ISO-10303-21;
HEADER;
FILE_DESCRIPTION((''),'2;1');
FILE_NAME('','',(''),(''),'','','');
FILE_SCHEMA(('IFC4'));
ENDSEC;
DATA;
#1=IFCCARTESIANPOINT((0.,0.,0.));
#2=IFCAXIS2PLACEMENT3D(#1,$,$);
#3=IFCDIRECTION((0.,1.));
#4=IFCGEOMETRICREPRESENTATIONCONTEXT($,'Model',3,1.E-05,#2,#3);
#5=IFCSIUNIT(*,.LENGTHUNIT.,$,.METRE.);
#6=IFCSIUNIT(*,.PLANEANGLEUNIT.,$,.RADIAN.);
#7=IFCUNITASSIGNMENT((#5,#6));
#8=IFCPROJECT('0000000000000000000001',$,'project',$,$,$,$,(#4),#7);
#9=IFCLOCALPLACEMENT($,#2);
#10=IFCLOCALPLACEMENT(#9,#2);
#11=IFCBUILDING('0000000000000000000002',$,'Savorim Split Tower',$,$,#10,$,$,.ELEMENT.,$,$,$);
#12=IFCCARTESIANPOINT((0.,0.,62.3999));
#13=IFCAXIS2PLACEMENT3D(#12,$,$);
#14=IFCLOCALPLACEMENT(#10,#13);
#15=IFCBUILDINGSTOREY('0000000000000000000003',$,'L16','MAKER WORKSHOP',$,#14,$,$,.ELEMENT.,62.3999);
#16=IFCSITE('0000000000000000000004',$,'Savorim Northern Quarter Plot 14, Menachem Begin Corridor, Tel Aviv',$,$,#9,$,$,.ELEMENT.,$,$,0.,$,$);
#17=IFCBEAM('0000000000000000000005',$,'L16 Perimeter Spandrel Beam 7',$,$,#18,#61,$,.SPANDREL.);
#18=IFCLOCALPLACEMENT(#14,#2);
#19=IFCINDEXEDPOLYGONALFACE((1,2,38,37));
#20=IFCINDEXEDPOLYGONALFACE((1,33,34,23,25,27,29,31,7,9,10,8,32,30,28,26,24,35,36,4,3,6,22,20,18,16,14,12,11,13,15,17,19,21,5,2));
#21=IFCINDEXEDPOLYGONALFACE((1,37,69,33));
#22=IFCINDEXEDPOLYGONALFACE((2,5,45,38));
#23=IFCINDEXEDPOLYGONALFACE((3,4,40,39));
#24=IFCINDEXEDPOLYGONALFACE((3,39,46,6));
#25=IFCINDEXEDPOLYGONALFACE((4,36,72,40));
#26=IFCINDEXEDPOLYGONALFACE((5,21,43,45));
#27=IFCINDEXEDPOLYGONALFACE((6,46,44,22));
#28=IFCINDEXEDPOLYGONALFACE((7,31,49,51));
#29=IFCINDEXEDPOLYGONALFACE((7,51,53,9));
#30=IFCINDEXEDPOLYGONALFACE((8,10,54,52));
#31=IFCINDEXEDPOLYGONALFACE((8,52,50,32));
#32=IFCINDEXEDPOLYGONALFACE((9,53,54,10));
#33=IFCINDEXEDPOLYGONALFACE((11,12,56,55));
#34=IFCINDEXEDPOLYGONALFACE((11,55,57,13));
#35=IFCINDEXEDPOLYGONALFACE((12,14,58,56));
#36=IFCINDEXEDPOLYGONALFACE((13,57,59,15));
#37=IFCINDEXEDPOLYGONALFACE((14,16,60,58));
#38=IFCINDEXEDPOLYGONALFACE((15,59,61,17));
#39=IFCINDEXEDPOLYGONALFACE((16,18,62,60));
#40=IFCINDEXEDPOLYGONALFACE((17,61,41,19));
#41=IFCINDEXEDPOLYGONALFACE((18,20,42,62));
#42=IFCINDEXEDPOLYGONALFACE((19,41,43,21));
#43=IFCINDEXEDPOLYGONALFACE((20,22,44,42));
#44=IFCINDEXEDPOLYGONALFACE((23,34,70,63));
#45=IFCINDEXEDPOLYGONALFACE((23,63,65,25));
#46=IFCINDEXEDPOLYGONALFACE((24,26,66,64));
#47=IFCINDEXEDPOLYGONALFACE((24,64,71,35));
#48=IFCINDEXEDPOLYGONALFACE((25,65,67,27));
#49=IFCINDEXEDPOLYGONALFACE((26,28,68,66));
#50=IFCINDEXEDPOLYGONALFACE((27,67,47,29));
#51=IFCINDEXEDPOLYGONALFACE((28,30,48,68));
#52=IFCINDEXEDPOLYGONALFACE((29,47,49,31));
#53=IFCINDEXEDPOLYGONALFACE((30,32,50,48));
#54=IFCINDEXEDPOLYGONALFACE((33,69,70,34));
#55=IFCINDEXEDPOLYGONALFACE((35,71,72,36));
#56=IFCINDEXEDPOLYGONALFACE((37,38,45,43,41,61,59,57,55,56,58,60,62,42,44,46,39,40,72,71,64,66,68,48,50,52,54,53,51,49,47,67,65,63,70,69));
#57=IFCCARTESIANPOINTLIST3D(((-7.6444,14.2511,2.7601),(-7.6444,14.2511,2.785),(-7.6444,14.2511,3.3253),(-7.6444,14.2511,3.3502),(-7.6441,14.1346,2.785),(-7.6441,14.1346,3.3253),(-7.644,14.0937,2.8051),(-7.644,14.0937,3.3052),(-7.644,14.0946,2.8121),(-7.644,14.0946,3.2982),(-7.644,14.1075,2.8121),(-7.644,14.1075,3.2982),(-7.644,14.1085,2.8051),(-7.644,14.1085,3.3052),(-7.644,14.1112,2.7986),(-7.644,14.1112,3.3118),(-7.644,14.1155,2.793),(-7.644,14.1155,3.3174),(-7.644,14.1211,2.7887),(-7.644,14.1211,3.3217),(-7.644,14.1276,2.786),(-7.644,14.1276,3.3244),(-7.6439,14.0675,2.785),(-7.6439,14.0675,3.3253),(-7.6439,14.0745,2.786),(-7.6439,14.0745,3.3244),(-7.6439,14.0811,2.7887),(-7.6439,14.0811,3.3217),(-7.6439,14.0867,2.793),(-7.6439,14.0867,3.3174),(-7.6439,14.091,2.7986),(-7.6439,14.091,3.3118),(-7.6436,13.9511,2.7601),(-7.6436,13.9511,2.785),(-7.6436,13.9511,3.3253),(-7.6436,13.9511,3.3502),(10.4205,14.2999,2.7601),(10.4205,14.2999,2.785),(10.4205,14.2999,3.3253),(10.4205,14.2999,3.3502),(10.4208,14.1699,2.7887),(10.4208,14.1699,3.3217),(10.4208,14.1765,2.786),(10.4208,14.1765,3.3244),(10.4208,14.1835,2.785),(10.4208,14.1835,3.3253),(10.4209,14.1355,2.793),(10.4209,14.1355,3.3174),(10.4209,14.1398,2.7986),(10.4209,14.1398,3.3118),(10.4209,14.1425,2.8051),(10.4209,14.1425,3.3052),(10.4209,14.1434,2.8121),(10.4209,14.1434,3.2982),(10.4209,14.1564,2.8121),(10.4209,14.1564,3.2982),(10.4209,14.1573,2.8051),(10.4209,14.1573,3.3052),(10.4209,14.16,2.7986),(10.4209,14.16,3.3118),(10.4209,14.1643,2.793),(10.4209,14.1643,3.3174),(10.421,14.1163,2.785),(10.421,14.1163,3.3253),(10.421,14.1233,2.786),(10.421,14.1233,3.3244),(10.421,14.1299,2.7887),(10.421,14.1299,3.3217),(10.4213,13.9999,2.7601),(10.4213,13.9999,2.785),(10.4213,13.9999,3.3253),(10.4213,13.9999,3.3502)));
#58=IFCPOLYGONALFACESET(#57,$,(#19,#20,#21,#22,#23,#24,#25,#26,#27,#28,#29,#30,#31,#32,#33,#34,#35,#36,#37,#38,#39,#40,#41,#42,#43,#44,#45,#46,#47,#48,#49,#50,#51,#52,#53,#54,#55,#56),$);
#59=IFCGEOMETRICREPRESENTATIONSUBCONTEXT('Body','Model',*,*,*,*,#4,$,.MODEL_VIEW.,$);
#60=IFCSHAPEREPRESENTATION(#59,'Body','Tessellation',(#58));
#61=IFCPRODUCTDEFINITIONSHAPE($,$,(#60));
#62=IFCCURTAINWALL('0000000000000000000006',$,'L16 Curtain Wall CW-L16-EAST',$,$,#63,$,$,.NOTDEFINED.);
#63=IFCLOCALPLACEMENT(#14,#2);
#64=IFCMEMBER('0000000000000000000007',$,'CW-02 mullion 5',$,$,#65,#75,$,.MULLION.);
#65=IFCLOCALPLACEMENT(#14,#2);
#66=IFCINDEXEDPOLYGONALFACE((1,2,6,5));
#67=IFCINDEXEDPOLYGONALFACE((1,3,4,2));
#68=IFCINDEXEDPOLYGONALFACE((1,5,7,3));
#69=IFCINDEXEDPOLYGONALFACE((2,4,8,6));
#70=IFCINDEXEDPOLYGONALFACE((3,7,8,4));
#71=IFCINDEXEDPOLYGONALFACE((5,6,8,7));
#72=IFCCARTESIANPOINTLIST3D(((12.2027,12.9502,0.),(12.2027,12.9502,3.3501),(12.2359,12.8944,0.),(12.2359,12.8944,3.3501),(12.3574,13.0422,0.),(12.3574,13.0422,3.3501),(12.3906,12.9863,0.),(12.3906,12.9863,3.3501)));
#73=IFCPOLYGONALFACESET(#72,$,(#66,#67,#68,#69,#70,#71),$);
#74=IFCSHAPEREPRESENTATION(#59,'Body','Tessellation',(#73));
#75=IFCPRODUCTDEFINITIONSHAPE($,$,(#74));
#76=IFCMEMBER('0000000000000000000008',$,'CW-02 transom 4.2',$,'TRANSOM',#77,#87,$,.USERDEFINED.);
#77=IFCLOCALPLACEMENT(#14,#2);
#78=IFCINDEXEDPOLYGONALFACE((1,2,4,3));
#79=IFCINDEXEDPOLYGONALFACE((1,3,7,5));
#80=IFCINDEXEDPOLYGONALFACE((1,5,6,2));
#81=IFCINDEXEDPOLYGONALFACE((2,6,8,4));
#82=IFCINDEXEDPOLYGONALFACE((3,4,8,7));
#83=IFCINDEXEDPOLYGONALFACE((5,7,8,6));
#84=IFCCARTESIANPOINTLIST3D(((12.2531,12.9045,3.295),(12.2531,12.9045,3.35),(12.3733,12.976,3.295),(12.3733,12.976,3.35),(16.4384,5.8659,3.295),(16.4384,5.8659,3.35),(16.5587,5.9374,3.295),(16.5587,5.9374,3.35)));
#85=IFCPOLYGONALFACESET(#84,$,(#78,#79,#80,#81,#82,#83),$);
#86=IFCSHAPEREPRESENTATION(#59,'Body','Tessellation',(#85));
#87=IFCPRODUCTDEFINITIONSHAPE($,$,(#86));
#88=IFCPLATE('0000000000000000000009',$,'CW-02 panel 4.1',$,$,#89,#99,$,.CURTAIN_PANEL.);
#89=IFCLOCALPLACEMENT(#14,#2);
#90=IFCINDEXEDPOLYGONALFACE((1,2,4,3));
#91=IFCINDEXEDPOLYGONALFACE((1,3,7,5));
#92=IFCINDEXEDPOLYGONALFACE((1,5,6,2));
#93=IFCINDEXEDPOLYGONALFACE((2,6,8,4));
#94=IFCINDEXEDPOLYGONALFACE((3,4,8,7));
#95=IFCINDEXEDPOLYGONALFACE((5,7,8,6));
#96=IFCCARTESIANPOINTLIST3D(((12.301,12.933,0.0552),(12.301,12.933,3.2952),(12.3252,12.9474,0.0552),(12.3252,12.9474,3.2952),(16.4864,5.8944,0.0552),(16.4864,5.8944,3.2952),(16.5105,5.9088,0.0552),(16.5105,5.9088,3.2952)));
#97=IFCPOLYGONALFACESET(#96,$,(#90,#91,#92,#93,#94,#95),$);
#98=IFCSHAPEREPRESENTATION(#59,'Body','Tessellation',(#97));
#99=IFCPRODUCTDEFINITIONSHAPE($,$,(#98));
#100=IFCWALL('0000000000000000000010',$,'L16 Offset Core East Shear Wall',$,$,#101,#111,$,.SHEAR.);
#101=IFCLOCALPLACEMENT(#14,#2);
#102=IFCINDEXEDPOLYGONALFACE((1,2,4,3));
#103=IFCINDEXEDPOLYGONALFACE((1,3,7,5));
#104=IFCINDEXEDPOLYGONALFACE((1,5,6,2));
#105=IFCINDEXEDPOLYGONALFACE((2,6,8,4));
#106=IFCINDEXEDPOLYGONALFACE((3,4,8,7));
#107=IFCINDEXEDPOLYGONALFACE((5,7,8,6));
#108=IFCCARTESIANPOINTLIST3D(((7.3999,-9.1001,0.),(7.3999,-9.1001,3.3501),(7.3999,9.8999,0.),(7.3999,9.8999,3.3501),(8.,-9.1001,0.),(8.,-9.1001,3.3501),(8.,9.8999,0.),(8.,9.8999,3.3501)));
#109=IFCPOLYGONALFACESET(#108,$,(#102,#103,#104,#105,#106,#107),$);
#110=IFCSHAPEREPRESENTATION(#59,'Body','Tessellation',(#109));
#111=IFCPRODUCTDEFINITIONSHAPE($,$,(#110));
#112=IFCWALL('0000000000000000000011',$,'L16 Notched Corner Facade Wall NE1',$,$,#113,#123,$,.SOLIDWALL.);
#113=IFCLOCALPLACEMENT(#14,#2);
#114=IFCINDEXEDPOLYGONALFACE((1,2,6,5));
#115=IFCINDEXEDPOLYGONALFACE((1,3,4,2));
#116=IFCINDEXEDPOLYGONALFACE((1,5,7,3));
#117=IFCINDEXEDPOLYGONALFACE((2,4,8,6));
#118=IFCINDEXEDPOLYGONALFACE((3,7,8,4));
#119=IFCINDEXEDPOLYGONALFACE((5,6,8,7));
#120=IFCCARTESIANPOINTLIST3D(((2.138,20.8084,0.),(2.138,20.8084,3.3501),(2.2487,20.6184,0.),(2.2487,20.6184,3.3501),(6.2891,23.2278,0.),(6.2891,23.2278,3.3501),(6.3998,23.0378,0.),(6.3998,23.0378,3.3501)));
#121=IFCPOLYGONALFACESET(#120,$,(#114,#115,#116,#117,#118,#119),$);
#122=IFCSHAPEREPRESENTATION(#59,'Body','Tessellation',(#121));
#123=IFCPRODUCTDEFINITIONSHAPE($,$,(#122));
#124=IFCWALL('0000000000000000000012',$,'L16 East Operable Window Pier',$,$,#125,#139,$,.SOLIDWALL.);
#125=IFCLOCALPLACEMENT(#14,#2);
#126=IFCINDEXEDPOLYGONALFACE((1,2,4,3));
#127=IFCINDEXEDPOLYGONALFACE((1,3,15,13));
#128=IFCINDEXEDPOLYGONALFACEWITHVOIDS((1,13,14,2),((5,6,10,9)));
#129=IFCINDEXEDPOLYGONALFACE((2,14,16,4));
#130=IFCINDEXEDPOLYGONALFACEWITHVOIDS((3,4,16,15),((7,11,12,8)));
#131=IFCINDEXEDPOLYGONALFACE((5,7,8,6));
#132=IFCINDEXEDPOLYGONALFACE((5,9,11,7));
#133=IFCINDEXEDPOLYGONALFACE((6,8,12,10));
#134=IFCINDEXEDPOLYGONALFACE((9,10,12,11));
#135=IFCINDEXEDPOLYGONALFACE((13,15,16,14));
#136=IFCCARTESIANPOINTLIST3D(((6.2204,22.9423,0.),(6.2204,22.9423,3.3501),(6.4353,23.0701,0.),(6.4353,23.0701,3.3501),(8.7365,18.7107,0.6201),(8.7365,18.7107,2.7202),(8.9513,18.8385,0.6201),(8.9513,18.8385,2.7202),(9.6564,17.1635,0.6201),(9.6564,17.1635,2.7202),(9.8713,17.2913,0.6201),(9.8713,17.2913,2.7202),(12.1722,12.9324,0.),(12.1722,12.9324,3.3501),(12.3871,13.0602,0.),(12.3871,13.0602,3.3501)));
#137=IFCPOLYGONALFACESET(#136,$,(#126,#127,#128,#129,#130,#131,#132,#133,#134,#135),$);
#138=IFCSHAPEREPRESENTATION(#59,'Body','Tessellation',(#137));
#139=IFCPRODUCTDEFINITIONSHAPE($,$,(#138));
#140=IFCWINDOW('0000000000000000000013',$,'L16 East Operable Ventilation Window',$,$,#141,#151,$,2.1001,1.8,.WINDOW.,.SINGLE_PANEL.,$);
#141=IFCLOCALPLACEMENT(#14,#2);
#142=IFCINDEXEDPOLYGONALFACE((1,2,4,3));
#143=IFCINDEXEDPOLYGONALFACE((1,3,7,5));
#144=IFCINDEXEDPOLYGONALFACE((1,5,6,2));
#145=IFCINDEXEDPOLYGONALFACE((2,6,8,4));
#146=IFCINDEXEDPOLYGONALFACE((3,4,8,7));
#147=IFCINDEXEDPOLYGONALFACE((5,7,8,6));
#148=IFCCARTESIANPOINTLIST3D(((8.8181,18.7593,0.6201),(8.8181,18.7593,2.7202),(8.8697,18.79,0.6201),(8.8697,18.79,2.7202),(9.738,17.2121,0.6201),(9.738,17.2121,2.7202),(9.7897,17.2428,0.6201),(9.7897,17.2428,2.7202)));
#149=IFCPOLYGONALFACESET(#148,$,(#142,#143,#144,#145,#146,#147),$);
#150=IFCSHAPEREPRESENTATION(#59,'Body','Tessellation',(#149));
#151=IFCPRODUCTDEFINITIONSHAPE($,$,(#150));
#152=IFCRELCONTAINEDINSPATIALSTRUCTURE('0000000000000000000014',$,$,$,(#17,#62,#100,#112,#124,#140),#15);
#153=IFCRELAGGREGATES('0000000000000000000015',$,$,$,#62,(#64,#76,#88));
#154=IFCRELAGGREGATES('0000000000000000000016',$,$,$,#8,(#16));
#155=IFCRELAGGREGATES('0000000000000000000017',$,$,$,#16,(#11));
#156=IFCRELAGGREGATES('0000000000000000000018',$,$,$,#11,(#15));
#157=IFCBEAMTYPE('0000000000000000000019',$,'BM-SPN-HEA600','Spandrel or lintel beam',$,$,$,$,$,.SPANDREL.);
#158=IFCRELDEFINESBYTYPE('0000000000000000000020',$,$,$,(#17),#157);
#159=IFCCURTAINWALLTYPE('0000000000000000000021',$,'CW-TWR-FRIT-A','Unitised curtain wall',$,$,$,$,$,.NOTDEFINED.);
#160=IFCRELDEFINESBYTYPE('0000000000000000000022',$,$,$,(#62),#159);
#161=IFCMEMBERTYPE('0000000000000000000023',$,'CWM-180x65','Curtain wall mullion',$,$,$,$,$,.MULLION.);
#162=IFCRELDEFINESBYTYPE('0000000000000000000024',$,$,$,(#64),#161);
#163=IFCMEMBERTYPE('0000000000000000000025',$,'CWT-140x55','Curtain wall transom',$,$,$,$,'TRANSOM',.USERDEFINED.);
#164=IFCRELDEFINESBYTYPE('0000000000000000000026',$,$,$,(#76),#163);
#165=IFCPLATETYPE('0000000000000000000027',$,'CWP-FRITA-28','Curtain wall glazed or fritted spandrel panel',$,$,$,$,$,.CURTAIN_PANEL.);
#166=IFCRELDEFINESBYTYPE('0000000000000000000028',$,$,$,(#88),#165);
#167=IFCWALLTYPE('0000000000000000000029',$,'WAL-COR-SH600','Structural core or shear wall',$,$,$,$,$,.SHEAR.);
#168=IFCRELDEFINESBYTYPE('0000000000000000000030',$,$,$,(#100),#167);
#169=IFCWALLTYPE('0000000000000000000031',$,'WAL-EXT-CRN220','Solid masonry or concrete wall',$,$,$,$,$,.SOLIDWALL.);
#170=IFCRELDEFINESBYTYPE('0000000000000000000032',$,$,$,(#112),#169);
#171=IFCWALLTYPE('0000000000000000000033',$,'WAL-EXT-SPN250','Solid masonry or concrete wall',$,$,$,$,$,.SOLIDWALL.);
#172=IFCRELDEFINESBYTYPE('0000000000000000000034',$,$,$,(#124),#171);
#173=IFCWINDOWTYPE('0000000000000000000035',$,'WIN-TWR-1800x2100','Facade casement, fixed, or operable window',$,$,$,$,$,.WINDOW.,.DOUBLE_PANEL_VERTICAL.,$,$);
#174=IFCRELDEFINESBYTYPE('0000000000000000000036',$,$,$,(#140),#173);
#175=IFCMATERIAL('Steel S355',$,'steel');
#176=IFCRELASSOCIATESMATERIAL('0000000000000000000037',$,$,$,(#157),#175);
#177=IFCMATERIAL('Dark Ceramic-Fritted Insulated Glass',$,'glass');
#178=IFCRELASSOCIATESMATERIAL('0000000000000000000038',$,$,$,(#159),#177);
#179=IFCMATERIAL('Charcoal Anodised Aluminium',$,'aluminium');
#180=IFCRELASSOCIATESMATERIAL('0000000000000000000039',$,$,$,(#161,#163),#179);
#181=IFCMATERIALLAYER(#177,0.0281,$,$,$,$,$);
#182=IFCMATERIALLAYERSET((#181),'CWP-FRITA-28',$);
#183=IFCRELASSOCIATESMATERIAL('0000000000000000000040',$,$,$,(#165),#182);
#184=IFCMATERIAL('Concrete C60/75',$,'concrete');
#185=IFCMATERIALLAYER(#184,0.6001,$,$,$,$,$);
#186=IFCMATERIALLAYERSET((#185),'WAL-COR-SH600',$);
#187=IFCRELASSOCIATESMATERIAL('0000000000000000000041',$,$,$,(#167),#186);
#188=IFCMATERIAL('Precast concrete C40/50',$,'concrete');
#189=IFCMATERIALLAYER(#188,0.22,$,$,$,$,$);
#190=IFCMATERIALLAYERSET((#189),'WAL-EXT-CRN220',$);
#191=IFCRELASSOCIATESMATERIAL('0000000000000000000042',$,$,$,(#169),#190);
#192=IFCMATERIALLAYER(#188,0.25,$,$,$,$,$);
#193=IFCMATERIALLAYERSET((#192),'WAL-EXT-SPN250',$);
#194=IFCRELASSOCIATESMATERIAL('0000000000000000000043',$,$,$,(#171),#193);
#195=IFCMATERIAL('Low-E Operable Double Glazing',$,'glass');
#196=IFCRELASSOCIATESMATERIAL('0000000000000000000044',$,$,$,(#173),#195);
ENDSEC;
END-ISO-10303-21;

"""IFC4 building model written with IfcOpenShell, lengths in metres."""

from ifc_helpers import new_model, si_unit, direction, frame, frame_2d, origin, origin_2d, place, context, subcontext, project, spatial, rectangle, i_section, extrude, material, layer, layer_set, material_profile, profile_set, type_object, element, fill, aggregate, save


model = new_model("IFC4")

# Units and contexts
model_context = context("Model", 3, precision=1e-05, world=origin(), true_north=direction((0.0, 1.0)))
body_context = subcontext(model_context, "Body", "Model", "MODEL_VIEW")
ifc_project = project(units=[si_unit("LENGTHUNIT", "METRE"), si_unit("PLANEANGLEUNIT", "RADIAN")], contexts=[model_context])

# Site, building, storey
site_placement = place(None, origin())
site = spatial("IfcSite", under=ifc_project, at=site_placement, Name="Savorim Northern Quarter Plot 14, Menachem Begin Corridor, Tel Aviv", CompositionType="ELEMENT", RefElevation=0.0)
building_placement = place(site_placement, origin())
building = spatial("IfcBuilding", under=site, at=building_placement, Name="Savorim Split Tower", CompositionType="ELEMENT")
storey_placement = place(building_placement, frame((0.0, 0.0, 62.3999)))
storey = spatial("IfcBuildingStorey", under=building, at=storey_placement, Name="L16", Description="MAKER WORKSHOP", CompositionType="ELEMENT", Elevation=62.3999)

# Beam
ifc_material_1 = material(Name="Steel S355", Category="steel")
ifc_material_profile_1 = material_profile(ifc_material_1, i_section(OverallWidth=0.3, OverallDepth=0.5901, WebThickness=0.0129, FlangeThickness=0.0249, FilletRadius=0.0271, at=origin_2d()), Name="HEA 600")
ifc_profile_set_1 = profile_set([ifc_material_profile_1], Name="Steel S355")
beam_type_1 = type_object("IfcBeamType", Name="BM-SPN-HEA600", Description="Spandrel or lintel beam", PredefinedType="SPANDREL", material=ifc_profile_set_1)
beam_1_placement = place(storey_placement, frame((10.4209, 14.1499, 3.0552), z_axis=(-0.999996, -0.002703, 0.0), x_axis=(0.002703, -0.999996, 0.0)))
element("IfcBeam", 1, at=beam_1_placement, inside=storey, type_object=beam_type_1, Name="L16 Perimeter Spandrel Beam 7", PredefinedType="SPANDREL", context=body_context, shape_type="SweptSolid", body=[
    extrude(i_section(OverallWidth=0.3, OverallDepth=0.5901, WebThickness=0.0129, FlangeThickness=0.0249, FilletRadius=0.0271, at=origin_2d()), origin(), (0.0, 0.0, 1.0), 18.0649),
])

# Curtain wall, members, plate
ifc_material_2 = material(Name="Dark Ceramic-Fritted Insulated Glass", Category="glass")
curtain_wall_type = type_object("IfcCurtainWallType", Name="CW-TWR-FRIT-A", Description="Unitised curtain wall", PredefinedType="NOTDEFINED", material=ifc_material_2)
curtain_wall_placement = place(storey_placement, origin())
curtain_wall = element("IfcCurtainWall", 2, at=curtain_wall_placement, inside=storey, type_object=curtain_wall_type, Name="L16 Curtain Wall CW-L16-EAST", PredefinedType="NOTDEFINED")
ifc_material_3 = material(Name="Charcoal Anodised Aluminium", Category="aluminium")
ifc_material_profile_2 = material_profile(ifc_material_3, rectangle(XDim=0.1799, YDim=0.0649, at=origin_2d()), Name="ALU-M 180x65")
ifc_profile_set_2 = profile_set([ifc_material_profile_2], Name="Charcoal Anodised Aluminium")
member_type_1 = type_object("IfcMemberType", Name="CWM-180x65", Description="Curtain wall mullion", PredefinedType="MULLION", material=ifc_profile_set_2)
member_1_placement = place(storey_placement, frame((12.2966, 12.9683, 0.0), z_axis=(0.0, 0.0, 1.0), x_axis=(-0.859526, -0.511092, 0.0)))
member_1 = element("IfcMember", 3, at=member_1_placement, type_object=member_type_1, Name="CW-02 mullion 5", PredefinedType="MULLION", context=body_context, shape_type="SweptSolid", body=[
    extrude(rectangle(XDim=0.1799, YDim=0.0649, at=origin_2d()), origin(), (0.0, 0.0, 1.0), 3.3501),
])
ifc_material_profile_3 = material_profile(ifc_material_3, rectangle(XDim=0.1399, YDim=0.0549, at=origin_2d()), Name="ALU-T 140x55")
ifc_profile_set_3 = profile_set([ifc_material_profile_3], Name="Charcoal Anodised Aluminium")
member_type_2 = type_object("IfcMemberType", Name="CWT-140x55", Description="Curtain wall transom", ElementType="TRANSOM", PredefinedType="USERDEFINED", material=ifc_profile_set_3)
member_2_placement = place(storey_placement, frame((16.4985, 5.9016, 3.3225), z_axis=(-0.511094, 0.859525, 0.0), x_axis=(-0.859525, -0.511094, 0.0)))
member_2 = element("IfcMember", 4, at=member_2_placement, type_object=member_type_2, Name="CW-02 transom 4.2", ObjectType="TRANSOM", PredefinedType="USERDEFINED", context=body_context, shape_type="SweptSolid", body=[
    extrude(rectangle(XDim=0.1399, YDim=0.0549, at=origin_2d()), origin(), (0.0, 0.0, 1.0), 8.189),
])
ifc_layer_1 = layer(ifc_material_2, 0.0281)
ifc_layer_set_1 = layer_set([ifc_layer_1], Name="CWP-FRITA-28")
plate_type = type_object("IfcPlateType", Name="CWP-FRITA-28", Description="Curtain wall glazed or fritted spandrel panel", PredefinedType="CURTAIN_PANEL", material=ifc_layer_set_1)
plate_placement = place(storey_placement, frame((14.4058, 9.4209, 0.0552), z_axis=(0.0, 0.0, 1.0), x_axis=(-0.511092, 0.859526, 0.0)))
plate = element("IfcPlate", 5, at=plate_placement, type_object=plate_type, Name="CW-02 panel 4.1", PredefinedType="CURTAIN_PANEL", context=body_context, shape_type="SweptSolid", body=[
    extrude(rectangle(XDim=8.189, YDim=0.0281, at=origin_2d()), origin(), (0.0, 0.0, 1.0), 3.24),
])
aggregate(curtain_wall, [member_1, member_2, plate])

# Shared definitions
ifc_material_4 = material(Name="Concrete C60/75", Category="concrete")
ifc_layer_2 = layer(ifc_material_4, 0.6001)
ifc_layer_set_2 = layer_set([ifc_layer_2], Name="WAL-COR-SH600")
wall_type_1 = type_object("IfcWallType", Name="WAL-COR-SH600", Description="Structural core or shear wall", PredefinedType="SHEAR", material=ifc_layer_set_2)

# Walls
wall_1_placement = place(storey_placement, frame((7.7, 9.8999, 0.0), z_axis=(0.0, 0.0, 1.0), x_axis=(0.0, -1.0, 0.0)))
element("IfcWall", 6, at=wall_1_placement, inside=storey, type_object=wall_type_1, Name="L16 Offset Core East Shear Wall", PredefinedType="SHEAR", context=body_context, shape_type="SweptSolid", body=[
    extrude(rectangle(XDim=19.0, YDim=0.6001, at=frame_2d((9.5, 0.0))), origin(), (0.0, 0.0, 1.0), 3.3501),
])
ifc_material_5 = material(Name="Precast concrete C40/50", Category="concrete")
ifc_layer_3 = layer(ifc_material_5, 0.22)
ifc_layer_set_3 = layer_set([ifc_layer_3], Name="WAL-EXT-CRN220")
wall_type_2 = type_object("IfcWallType", Name="WAL-EXT-CRN220", Description="Solid masonry or concrete wall", PredefinedType="SOLIDWALL", material=ifc_layer_set_3)
wall_2_placement = place(storey_placement, frame((2.1934, 20.7134, 0.0), z_axis=(0.0, 0.0, 1.0), x_axis=(0.863965, 0.503552, 0.0)))
element("IfcWall", 7, at=wall_2_placement, inside=storey, type_object=wall_type_2, Name="L16 Notched Corner Facade Wall NE1", PredefinedType="SOLIDWALL", context=body_context, shape_type="SweptSolid", body=[
    extrude(rectangle(XDim=4.8047, YDim=0.22, at=frame_2d((2.4023, 0.0))), origin(), (0.0, 0.0, 1.0), 3.3501),
])

# Wall, opening, window
ifc_layer_4 = layer(ifc_material_5, 0.25)
ifc_layer_set_4 = layer_set([ifc_layer_4], Name="WAL-EXT-SPN250")
wall_type_3 = type_object("IfcWallType", Name="WAL-EXT-SPN250", Description="Solid masonry or concrete wall", PredefinedType="SOLIDWALL", material=ifc_layer_set_4)
wall_3_placement = place(storey_placement, frame((6.3279, 23.0061, 0.0), z_axis=(0.0, 0.0, 1.0), x_axis=(0.511076, -0.859536, 0.0)))
wall_3 = element("IfcWall", 8, at=wall_3_placement, inside=storey, type_object=wall_type_3, Name="L16 East Operable Window Pier", PredefinedType="SOLIDWALL", context=body_context, shape_type="SweptSolid", body=[
    extrude(rectangle(XDim=11.6458, YDim=0.25, at=frame_2d((5.8228, 0.0))), origin(), (0.0, 0.0, 1.0), 3.3501),
])
opening_1_placement = place(wall_3_placement, frame((4.9231, 0.0, 0.6201)))
opening_1 = element("IfcOpeningElement", 9, at=opening_1_placement, cuts=wall_3, PredefinedType="OPENING", context=body_context, shape_type="SweptSolid", body=[
    extrude(rectangle(XDim=1.8, YDim=2.1001, at=frame_2d((0.8999, 1.05))), frame((0.0, 0.135, 0.0), z_axis=(0.0, -1.0, 0.0), x_axis=(1.0, 0.0, 0.0)), (0.0, 0.0, 1.0), 0.27),
])
ifc_material_6 = material(Name="Low-E Operable Double Glazing", Category="glass")
window_type = type_object("IfcWindowType", Name="WIN-TWR-1800x2100", Description="Facade casement, fixed, or operable window", PartitioningType="DOUBLE_PANEL_VERTICAL", PredefinedType="WINDOW", material=ifc_material_6)
window_placement = place(opening_1_placement, origin())
window = element("IfcWindow", 10, at=window_placement, inside=storey, type_object=window_type, Name="L16 East Operable Ventilation Window", OverallHeight=2.1001, OverallWidth=1.8, PartitioningType="SINGLE_PANEL", PredefinedType="WINDOW", context=body_context, shape_type="SweptSolid", body=[
    extrude(rectangle(XDim=1.8, YDim=2.1001, at=frame_2d((0.8999, 1.05))), frame((0.0, 0.03, 0.0), z_axis=(0.0, -1.0, 0.0), x_axis=(1.0, 0.0, 0.0)), (0.0, 0.0, 1.0), 0.0601),
])
fill(opening_1, window)

save(model, "model.ifc")
